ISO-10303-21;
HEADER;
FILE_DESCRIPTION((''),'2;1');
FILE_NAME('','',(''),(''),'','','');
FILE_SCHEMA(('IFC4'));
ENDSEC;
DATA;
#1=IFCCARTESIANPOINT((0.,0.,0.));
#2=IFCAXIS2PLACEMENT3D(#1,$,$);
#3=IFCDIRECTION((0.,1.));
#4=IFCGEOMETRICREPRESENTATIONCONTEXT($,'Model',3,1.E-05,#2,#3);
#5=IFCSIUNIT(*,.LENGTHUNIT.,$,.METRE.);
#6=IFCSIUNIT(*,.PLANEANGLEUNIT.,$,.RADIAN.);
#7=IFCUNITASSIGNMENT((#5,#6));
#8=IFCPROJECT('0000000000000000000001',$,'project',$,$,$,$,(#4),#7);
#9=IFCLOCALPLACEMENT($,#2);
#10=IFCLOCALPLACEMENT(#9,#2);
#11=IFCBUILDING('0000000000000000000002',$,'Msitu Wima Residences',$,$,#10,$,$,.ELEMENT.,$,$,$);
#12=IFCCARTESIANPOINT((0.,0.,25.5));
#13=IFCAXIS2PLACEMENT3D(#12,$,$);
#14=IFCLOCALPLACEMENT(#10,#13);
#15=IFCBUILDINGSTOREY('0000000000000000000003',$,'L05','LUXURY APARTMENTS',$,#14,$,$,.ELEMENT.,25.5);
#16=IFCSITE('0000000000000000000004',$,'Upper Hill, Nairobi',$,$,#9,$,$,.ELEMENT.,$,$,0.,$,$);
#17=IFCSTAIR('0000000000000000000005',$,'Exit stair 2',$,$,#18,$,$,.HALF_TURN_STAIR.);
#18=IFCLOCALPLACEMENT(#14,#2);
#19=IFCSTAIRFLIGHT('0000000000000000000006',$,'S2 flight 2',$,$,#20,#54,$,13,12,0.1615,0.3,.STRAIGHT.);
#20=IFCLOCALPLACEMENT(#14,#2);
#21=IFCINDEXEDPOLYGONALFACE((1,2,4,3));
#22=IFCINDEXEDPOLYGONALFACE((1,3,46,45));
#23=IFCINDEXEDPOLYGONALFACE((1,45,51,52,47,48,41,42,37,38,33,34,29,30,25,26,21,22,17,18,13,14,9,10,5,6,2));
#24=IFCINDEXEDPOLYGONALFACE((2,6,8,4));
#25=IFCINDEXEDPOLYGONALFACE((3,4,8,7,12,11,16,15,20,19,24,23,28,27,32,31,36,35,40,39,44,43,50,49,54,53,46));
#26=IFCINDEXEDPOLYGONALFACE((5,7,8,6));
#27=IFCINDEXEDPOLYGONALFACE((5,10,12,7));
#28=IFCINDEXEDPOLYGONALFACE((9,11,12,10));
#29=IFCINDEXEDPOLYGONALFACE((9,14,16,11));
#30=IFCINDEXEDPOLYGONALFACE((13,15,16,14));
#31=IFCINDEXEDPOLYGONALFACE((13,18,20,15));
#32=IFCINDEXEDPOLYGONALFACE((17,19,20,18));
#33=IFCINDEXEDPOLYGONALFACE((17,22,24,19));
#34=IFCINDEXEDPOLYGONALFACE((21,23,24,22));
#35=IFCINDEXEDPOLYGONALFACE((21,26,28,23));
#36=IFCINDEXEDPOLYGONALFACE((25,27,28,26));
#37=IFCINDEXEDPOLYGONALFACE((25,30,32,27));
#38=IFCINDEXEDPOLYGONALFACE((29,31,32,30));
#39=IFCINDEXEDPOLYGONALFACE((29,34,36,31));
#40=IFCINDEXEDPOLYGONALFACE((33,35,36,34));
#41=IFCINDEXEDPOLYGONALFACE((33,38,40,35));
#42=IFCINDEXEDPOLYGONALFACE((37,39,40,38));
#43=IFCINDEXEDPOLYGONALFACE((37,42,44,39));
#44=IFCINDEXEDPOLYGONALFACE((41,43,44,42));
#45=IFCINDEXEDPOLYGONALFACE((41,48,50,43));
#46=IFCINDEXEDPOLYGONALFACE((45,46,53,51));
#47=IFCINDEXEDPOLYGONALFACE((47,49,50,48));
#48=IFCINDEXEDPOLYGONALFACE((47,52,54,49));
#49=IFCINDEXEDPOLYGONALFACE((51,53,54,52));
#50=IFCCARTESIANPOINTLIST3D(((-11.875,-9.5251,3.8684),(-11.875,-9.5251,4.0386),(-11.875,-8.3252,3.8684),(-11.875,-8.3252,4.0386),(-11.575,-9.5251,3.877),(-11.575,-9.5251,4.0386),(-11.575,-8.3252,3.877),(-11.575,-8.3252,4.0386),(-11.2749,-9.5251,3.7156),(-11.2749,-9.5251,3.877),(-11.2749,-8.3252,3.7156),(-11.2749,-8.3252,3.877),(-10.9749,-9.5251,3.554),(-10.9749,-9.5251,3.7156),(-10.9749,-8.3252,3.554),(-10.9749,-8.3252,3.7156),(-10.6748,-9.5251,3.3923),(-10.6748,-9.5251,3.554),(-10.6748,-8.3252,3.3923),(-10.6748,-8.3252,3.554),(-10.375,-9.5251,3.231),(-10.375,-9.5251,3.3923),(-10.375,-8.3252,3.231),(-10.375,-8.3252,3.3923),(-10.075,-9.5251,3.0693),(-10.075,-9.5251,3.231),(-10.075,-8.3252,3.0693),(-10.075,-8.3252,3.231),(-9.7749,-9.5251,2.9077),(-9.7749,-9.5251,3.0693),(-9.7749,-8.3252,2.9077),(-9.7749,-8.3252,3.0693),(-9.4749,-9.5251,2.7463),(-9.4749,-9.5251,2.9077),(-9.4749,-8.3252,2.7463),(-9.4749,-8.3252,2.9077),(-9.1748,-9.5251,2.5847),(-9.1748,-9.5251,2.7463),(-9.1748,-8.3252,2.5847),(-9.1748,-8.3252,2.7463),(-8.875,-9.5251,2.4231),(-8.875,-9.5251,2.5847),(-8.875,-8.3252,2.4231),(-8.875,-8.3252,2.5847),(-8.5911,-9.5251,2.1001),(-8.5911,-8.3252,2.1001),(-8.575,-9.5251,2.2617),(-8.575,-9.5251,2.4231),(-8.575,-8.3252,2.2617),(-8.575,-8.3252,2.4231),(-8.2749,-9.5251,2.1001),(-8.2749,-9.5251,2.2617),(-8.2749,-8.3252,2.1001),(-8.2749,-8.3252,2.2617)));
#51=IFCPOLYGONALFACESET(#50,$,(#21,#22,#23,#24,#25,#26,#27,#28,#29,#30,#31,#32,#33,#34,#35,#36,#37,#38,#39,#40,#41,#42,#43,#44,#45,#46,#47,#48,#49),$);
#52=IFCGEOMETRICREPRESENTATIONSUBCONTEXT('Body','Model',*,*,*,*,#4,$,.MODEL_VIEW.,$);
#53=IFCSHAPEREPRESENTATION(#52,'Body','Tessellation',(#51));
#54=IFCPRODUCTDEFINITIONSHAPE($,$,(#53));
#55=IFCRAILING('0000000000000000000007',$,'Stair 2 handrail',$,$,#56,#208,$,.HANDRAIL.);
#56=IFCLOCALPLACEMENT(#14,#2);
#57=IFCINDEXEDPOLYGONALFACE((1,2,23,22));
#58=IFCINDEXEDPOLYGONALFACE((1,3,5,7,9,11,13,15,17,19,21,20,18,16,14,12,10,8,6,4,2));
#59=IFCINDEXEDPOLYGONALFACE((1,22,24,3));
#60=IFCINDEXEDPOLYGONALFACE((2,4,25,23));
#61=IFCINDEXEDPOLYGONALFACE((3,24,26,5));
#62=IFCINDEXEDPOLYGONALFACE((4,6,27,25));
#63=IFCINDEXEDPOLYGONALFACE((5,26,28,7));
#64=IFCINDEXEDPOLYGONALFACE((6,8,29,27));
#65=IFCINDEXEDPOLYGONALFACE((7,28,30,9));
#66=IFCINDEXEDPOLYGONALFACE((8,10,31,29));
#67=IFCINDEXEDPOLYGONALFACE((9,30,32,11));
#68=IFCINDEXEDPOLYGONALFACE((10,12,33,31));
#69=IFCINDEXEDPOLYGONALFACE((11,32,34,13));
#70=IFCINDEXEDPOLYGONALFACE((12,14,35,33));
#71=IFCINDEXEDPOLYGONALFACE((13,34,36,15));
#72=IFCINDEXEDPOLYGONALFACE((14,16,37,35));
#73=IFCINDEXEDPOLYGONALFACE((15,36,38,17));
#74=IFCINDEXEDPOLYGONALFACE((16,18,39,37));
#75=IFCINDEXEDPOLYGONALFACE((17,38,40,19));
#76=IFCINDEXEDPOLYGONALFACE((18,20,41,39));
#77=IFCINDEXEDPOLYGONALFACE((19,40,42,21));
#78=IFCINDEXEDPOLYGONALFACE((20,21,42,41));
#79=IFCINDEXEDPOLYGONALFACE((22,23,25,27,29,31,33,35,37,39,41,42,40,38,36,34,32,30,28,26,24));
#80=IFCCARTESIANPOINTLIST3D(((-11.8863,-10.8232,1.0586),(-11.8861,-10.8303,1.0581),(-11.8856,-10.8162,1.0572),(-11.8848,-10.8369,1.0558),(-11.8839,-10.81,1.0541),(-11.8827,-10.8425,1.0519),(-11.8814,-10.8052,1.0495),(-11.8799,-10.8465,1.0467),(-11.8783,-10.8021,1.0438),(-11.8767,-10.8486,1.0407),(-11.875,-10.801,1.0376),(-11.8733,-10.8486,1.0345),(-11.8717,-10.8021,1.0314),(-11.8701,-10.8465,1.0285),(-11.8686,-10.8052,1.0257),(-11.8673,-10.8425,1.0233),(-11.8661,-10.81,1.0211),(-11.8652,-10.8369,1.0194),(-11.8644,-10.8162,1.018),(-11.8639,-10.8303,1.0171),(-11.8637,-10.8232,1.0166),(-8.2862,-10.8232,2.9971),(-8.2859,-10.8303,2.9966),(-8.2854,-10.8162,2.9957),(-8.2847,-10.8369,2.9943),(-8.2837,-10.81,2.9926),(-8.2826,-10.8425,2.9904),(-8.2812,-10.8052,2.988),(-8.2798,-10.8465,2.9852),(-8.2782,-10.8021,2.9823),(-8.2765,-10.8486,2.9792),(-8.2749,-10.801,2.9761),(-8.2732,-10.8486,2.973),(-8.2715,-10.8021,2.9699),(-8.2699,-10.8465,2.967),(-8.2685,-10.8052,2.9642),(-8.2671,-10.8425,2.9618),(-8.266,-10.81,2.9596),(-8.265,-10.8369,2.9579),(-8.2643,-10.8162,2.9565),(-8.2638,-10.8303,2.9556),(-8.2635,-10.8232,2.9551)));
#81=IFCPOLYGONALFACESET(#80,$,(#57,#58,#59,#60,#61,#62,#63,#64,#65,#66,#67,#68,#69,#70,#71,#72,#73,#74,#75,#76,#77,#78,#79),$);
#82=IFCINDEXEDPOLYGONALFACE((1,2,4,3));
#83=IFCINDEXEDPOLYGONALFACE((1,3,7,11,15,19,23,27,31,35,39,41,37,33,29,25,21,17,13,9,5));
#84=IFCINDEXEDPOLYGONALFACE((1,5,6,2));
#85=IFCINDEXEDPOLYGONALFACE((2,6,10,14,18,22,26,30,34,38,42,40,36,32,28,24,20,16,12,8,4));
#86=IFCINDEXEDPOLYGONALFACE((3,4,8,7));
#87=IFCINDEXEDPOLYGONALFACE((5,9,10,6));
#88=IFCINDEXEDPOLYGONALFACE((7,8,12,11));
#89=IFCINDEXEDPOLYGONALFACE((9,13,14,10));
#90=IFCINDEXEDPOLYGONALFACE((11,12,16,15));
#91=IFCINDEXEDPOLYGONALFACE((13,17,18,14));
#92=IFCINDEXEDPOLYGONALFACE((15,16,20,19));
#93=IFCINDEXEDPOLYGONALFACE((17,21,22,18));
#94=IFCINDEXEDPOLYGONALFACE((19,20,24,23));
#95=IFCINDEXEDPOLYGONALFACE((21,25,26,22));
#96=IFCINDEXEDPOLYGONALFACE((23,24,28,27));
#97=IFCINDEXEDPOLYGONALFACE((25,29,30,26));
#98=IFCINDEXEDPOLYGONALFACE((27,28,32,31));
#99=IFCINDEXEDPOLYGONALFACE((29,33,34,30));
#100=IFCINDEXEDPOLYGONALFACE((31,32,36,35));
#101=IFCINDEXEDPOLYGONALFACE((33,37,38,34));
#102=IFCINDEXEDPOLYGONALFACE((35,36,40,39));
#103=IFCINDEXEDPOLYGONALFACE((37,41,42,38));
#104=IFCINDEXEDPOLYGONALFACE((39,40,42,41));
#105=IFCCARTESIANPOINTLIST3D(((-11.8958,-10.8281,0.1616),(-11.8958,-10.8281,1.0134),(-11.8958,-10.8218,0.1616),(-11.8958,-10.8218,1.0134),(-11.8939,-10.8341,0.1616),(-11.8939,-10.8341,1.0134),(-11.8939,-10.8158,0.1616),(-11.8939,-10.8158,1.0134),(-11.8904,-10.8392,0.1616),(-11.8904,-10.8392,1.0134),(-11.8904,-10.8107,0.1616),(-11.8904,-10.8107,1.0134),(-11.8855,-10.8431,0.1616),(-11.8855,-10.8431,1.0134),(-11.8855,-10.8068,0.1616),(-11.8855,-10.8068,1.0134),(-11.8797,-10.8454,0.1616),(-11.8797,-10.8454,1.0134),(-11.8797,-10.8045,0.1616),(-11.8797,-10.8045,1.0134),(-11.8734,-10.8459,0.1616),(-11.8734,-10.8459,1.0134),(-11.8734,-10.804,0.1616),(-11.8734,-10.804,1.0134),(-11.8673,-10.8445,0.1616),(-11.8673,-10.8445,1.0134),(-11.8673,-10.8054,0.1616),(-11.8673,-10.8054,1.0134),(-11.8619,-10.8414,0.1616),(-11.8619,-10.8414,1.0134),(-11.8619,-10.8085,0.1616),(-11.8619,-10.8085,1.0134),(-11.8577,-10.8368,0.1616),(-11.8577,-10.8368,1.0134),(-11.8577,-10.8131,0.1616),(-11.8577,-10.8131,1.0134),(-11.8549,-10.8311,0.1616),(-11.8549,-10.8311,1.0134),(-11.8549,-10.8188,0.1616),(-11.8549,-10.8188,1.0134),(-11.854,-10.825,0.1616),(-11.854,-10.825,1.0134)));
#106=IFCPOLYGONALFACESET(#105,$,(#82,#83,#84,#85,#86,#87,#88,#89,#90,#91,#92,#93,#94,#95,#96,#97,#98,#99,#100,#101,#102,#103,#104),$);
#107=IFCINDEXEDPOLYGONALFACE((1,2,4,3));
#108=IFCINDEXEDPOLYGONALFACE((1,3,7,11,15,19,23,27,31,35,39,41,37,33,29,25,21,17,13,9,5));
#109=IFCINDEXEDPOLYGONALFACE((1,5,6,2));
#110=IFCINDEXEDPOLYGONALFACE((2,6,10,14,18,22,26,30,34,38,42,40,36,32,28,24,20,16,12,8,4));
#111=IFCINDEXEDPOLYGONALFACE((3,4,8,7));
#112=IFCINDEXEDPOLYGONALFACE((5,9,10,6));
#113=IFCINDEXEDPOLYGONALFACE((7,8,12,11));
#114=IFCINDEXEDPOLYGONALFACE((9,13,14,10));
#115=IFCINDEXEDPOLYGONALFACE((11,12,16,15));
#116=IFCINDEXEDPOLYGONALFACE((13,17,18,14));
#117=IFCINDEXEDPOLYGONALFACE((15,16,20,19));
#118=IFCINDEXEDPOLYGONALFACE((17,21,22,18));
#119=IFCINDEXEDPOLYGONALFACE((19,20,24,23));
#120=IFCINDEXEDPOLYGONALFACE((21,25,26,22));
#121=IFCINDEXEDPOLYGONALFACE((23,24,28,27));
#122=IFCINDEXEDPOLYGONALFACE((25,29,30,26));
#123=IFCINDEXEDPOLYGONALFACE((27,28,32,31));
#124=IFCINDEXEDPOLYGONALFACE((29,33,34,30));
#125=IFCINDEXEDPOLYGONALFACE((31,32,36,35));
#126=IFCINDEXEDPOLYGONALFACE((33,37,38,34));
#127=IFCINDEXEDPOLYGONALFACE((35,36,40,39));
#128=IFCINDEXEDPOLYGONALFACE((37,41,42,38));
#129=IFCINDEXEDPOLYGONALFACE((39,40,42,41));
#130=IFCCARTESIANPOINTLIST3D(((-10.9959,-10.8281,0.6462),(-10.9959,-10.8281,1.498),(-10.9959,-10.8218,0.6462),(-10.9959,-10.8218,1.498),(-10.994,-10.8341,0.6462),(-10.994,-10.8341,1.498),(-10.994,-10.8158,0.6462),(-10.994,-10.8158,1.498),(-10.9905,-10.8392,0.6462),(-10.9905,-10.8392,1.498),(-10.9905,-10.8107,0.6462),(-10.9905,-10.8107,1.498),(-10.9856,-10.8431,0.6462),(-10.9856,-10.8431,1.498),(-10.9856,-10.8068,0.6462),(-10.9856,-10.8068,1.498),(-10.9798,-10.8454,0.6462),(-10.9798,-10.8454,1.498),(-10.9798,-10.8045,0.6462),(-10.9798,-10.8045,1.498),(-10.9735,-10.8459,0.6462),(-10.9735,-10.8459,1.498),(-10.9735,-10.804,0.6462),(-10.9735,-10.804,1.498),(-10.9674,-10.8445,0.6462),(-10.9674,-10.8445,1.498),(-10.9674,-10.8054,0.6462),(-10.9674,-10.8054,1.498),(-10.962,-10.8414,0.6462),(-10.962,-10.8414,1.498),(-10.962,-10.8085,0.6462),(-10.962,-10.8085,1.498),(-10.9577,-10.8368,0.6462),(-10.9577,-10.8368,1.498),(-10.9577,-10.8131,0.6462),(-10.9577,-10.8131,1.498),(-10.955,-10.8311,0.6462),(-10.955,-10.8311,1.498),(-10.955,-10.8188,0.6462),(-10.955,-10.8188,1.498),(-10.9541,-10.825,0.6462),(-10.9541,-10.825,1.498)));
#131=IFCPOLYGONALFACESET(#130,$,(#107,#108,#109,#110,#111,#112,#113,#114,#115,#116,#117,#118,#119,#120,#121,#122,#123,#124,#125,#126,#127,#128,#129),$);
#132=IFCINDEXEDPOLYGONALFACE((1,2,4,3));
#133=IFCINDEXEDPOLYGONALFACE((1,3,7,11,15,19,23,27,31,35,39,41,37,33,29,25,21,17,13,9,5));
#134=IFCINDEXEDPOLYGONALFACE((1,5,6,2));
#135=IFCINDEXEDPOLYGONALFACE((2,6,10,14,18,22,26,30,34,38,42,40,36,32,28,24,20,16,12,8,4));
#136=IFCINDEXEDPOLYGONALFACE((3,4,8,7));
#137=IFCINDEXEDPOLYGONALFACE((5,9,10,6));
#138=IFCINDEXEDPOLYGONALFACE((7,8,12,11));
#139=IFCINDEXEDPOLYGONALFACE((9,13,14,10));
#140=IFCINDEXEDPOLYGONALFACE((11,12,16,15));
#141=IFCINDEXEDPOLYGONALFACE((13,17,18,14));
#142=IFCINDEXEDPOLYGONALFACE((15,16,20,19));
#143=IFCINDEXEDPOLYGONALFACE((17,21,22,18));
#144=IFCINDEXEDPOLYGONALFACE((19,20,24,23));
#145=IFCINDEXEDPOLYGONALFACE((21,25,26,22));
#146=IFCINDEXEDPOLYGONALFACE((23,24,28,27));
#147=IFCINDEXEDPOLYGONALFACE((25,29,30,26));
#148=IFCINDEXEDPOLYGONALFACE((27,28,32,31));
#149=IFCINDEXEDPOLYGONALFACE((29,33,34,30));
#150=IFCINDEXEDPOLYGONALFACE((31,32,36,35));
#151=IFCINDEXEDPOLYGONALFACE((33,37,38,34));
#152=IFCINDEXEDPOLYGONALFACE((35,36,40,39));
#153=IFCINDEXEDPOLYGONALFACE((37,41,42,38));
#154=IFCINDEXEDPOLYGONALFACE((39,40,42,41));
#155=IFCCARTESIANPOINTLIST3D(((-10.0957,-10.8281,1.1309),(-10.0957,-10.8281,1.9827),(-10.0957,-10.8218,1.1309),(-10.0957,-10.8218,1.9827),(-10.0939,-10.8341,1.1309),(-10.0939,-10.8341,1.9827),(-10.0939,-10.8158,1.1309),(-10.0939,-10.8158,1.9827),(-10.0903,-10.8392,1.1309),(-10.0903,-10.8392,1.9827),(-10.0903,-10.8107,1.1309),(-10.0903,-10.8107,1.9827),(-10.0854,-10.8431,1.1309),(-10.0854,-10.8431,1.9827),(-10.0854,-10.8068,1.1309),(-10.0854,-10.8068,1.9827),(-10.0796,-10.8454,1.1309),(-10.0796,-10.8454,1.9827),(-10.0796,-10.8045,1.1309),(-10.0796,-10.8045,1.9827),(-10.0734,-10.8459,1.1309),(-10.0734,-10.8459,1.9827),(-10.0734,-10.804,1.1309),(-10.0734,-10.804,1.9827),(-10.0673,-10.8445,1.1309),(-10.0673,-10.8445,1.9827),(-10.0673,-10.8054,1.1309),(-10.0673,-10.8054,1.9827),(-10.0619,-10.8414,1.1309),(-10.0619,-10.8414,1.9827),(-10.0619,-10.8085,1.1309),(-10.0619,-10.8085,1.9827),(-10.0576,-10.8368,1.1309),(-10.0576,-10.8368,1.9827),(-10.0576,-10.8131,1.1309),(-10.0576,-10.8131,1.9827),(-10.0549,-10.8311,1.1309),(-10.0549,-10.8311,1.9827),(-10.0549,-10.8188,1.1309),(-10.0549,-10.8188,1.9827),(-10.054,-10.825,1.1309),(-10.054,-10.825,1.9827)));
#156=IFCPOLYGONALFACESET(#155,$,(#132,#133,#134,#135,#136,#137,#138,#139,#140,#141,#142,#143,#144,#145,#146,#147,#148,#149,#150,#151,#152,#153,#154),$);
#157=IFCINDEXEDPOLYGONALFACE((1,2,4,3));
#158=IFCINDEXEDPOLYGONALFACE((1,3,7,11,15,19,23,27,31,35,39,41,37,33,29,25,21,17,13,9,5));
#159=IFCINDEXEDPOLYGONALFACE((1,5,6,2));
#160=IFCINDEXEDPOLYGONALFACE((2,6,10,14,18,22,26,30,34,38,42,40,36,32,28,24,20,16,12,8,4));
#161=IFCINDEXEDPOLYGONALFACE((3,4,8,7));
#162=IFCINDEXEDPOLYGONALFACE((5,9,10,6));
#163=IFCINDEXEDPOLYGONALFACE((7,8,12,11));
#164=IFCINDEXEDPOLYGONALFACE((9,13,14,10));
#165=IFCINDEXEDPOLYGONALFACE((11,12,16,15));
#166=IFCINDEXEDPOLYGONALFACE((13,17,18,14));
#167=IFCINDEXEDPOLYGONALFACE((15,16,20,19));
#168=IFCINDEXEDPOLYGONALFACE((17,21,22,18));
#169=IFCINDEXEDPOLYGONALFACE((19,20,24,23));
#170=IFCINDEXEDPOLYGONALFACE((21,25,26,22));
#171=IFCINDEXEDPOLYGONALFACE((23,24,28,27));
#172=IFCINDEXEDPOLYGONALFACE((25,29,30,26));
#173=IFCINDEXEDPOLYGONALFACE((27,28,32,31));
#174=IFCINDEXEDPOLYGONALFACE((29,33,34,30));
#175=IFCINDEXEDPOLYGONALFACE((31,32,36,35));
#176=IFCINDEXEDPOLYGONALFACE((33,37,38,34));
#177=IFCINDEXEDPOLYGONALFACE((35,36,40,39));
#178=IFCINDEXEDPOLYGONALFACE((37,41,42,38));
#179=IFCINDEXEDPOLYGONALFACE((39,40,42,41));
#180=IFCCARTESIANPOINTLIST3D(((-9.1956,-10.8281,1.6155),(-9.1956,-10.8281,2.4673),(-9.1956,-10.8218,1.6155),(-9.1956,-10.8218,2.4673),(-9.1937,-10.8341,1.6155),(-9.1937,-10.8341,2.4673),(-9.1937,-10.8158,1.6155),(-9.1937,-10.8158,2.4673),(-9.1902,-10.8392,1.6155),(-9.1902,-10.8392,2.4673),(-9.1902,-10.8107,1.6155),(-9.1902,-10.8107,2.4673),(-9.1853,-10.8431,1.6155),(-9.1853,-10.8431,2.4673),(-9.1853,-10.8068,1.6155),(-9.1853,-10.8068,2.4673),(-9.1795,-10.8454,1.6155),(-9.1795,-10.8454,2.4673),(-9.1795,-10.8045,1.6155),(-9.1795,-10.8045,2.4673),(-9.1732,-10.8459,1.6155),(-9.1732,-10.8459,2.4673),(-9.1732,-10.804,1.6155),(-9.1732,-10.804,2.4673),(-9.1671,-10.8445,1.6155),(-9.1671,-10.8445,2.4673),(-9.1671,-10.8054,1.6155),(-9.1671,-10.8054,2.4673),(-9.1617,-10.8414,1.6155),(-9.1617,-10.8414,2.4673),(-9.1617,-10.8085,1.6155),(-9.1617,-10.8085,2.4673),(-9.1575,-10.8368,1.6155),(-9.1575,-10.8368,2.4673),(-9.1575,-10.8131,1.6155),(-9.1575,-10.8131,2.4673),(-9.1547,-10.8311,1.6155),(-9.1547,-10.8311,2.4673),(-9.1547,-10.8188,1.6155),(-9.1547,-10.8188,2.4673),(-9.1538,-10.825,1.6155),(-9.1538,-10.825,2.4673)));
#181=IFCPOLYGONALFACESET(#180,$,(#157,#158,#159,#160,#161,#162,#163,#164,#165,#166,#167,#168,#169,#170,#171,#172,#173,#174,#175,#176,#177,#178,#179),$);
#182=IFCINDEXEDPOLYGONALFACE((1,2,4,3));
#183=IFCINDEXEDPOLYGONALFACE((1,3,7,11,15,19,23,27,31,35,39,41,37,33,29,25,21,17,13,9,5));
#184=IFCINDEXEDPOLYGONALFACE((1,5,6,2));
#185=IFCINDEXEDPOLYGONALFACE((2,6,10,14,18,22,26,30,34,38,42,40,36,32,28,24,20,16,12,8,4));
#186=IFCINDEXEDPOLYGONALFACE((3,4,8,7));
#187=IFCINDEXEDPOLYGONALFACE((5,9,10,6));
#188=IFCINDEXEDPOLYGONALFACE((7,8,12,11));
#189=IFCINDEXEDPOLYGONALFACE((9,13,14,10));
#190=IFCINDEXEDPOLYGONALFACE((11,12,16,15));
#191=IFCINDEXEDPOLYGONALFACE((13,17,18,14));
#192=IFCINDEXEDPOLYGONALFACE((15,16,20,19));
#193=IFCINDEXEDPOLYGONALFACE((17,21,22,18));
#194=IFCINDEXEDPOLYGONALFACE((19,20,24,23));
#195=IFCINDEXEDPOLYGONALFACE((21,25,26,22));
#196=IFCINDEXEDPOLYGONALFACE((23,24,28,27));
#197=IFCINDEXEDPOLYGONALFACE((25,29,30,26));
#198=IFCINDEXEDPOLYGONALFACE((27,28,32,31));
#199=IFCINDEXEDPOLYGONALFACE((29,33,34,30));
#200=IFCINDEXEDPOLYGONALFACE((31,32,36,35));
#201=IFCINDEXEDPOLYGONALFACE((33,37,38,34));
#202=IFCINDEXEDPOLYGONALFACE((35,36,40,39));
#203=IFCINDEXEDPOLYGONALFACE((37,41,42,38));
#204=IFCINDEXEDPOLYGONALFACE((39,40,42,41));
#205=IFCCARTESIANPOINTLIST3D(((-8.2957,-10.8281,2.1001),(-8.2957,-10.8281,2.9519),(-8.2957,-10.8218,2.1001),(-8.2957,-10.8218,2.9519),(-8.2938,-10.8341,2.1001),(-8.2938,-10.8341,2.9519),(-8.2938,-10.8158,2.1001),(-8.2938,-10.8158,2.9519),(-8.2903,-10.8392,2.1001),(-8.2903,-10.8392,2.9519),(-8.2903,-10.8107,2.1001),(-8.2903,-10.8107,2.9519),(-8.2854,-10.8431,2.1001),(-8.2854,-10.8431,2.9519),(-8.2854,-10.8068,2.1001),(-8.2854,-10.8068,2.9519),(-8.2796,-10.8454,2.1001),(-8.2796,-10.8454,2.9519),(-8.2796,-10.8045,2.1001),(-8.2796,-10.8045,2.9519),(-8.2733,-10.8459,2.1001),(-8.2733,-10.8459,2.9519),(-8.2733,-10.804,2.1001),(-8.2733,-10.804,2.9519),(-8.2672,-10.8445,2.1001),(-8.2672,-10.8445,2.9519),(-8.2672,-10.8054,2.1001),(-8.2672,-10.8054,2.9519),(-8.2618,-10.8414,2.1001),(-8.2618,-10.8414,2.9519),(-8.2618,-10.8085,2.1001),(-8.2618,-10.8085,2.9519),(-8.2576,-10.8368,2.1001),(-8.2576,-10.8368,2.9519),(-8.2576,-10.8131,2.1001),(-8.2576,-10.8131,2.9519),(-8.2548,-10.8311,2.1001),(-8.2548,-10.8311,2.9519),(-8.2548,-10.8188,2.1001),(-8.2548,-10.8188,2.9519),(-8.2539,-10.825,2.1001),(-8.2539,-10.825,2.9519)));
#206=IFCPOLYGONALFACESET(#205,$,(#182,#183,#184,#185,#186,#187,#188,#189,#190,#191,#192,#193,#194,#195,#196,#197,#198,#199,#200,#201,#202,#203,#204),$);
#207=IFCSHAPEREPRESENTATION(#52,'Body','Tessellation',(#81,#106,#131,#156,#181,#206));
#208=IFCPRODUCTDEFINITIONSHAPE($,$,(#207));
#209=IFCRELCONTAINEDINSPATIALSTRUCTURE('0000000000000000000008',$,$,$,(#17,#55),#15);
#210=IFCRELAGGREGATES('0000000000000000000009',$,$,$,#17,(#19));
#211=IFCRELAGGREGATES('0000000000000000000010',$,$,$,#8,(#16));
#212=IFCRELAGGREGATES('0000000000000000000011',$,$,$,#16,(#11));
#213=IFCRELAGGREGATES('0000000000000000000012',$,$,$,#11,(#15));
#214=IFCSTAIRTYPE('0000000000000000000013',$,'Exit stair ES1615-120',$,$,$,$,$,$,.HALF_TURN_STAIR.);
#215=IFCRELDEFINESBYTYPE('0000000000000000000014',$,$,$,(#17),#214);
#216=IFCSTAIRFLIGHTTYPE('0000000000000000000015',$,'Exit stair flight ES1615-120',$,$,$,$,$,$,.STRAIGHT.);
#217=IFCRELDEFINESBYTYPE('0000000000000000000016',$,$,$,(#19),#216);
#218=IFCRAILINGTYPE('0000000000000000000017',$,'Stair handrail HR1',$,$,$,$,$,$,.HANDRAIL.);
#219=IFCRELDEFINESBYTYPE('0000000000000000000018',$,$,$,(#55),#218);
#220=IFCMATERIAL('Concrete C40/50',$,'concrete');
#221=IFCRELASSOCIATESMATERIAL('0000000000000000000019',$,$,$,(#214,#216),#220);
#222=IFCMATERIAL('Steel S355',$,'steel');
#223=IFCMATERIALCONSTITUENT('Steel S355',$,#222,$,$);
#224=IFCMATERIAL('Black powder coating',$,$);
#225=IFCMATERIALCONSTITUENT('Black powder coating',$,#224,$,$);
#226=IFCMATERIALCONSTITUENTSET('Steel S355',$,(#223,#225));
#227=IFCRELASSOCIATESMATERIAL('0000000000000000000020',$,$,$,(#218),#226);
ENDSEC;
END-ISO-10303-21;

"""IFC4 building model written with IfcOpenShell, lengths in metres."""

from ifc_helpers import new_model, si_unit, direction, frame, origin, origin_2d, place, context, subcontext, project, spatial, polyline, circle, outline, extrude, material, constituent, constituent_set, type_object, element, aggregate, save


model = new_model("IFC4")

# Units and contexts
model_context = context("Model", 3, precision=1e-05, world=origin(), true_north=direction((0.0, 1.0)))
body_context = subcontext(model_context, "Body", "Model", "MODEL_VIEW")
ifc_project = project(units=[si_unit("LENGTHUNIT", "METRE"), si_unit("PLANEANGLEUNIT", "RADIAN")], contexts=[model_context])

# Site, building, storey
site_placement = place(None, origin())
site = spatial("IfcSite", under=ifc_project, at=site_placement, Name="Upper Hill, Nairobi", CompositionType="ELEMENT", RefElevation=0.0)
building_placement = place(site_placement, origin())
building = spatial("IfcBuilding", under=site, at=building_placement, Name="Msitu Wima Residences", CompositionType="ELEMENT")
storey_placement = place(building_placement, frame((0.0, 0.0, 25.5)))
storey = spatial("IfcBuildingStorey", under=building, at=storey_placement, Name="L05", Description="LUXURY APARTMENTS", CompositionType="ELEMENT", Elevation=25.5)

# Stair, stair flight
ifc_material_1 = material(Name="Concrete C40/50", Category="concrete")
stair_type = type_object("IfcStairType", Name="Exit stair ES1615-120", PredefinedType="HALF_TURN_STAIR", material=ifc_material_1)
stair_placement = place(storey_placement, origin())
stair = element("IfcStair", 1, at=stair_placement, inside=storey, type_object=stair_type, Name="Exit stair 2", PredefinedType="HALF_TURN_STAIR")
stair_flight_type = type_object("IfcStairFlightType", Name="Exit stair flight ES1615-120", PredefinedType="STRAIGHT", material=ifc_material_1)
stair_flight_1_placement = place(storey_placement, frame((-8.2749, -8.925, 2.1001), z_axis=(0.0, 0.0, 1.0), x_axis=(-1.0, 0.0, 0.0)))
stair_flight_1 = element("IfcStairFlight", 2, at=stair_flight_1_placement, type_object=stair_flight_type, Name="S2 flight 2", NumberOfRisers=13, NumberOfTreads=12, PredefinedType="STRAIGHT", RiserHeight=0.1615, TreadLength=0.3, context=body_context, shape_type="SweptSolid", body=[
    extrude(outline(polyline([(0.0, 0.0), (0.0, 0.1616), (0.3, 0.1616), (0.3, 0.323), (0.6001, 0.323), (0.6001, 0.4846), (0.8999, 0.4846), (0.8999, 0.6462), (1.2, 0.6462), (1.2, 0.8076), (1.5, 0.8076), (1.5, 0.9692), (1.8, 0.9692), (1.8, 1.1309), (2.1001, 1.1309), (2.1001, 1.2922), (2.3999, 1.2922), (2.3999, 1.4539), (2.7, 1.4539), (2.7, 1.6155), (3.0, 1.6155), (3.0, 1.7769), (3.3, 1.7769), (3.3, 1.9385), (3.6001, 1.9385), (3.6001, 2.1001), (3.6001, 1.7683), (0.3162, 0.0), (0.0, 0.0)])), frame((0.0, 0.6001, 0.0), z_axis=(0.0, -1.0, 0.0), x_axis=(1.0, 0.0, 0.0)), (0.0, 0.0, 1.0), 1.2),
])
aggregate(stair, [stair_flight_1])

# Railing
ifc_material_2 = material(Name="Steel S355", Category="steel")
ifc_constituent_1 = constituent(ifc_material_2, Name="Steel S355")
ifc_material_3 = material(Name="Black powder coating")
ifc_constituent_2 = constituent(ifc_material_3, Name="Black powder coating")
ifc_constituent_set = constituent_set(constituents=[ifc_constituent_1, ifc_constituent_2], Name="Steel S355")
railing_type = type_object("IfcRailingType", Name="Stair handrail HR1", PredefinedType="HANDRAIL", material=ifc_constituent_set)
for number, where, name in (
    (3, (-11.875, -10.825, 0.1616), "Stair 2 handrail"),
):
    element("IfcRailing", number, at=place(storey_placement, frame(where)), inside=storey, type_object=railing_type, Name=name, PredefinedType="HANDRAIL", context=body_context, shape_type="SweptSolid", body=[
        extrude(circle(Radius=0.0239, at=origin_2d()), frame((0.0, 0.0, 0.876), z_axis=(0.880475, 0.0, 0.474093), x_axis=(0.0, 1.0, 0.0)), (0.0, 0.0, 1.0), 4.0889),
        extrude(circle(Radius=0.021, at=origin_2d()), origin(), (0.0, 0.0, 1.0), 0.8518),
        extrude(circle(Radius=0.021, at=origin_2d()), frame((0.8999, 0.0, 0.4846)), (0.0, 0.0, 1.0), 0.8518),
        extrude(circle(Radius=0.021, at=origin_2d()), frame((1.8, 0.0, 0.9692)), (0.0, 0.0, 1.0), 0.8518),
        extrude(circle(Radius=0.021, at=origin_2d()), frame((2.7002, 0.0, 1.4539)), (0.0, 0.0, 1.0), 0.8518),
        extrude(circle(Radius=0.021, at=origin_2d()), frame((3.6001, 0.0, 1.9385)), (0.0, 0.0, 1.0), 0.8518),
    ])

save(model, "model.ifc")
